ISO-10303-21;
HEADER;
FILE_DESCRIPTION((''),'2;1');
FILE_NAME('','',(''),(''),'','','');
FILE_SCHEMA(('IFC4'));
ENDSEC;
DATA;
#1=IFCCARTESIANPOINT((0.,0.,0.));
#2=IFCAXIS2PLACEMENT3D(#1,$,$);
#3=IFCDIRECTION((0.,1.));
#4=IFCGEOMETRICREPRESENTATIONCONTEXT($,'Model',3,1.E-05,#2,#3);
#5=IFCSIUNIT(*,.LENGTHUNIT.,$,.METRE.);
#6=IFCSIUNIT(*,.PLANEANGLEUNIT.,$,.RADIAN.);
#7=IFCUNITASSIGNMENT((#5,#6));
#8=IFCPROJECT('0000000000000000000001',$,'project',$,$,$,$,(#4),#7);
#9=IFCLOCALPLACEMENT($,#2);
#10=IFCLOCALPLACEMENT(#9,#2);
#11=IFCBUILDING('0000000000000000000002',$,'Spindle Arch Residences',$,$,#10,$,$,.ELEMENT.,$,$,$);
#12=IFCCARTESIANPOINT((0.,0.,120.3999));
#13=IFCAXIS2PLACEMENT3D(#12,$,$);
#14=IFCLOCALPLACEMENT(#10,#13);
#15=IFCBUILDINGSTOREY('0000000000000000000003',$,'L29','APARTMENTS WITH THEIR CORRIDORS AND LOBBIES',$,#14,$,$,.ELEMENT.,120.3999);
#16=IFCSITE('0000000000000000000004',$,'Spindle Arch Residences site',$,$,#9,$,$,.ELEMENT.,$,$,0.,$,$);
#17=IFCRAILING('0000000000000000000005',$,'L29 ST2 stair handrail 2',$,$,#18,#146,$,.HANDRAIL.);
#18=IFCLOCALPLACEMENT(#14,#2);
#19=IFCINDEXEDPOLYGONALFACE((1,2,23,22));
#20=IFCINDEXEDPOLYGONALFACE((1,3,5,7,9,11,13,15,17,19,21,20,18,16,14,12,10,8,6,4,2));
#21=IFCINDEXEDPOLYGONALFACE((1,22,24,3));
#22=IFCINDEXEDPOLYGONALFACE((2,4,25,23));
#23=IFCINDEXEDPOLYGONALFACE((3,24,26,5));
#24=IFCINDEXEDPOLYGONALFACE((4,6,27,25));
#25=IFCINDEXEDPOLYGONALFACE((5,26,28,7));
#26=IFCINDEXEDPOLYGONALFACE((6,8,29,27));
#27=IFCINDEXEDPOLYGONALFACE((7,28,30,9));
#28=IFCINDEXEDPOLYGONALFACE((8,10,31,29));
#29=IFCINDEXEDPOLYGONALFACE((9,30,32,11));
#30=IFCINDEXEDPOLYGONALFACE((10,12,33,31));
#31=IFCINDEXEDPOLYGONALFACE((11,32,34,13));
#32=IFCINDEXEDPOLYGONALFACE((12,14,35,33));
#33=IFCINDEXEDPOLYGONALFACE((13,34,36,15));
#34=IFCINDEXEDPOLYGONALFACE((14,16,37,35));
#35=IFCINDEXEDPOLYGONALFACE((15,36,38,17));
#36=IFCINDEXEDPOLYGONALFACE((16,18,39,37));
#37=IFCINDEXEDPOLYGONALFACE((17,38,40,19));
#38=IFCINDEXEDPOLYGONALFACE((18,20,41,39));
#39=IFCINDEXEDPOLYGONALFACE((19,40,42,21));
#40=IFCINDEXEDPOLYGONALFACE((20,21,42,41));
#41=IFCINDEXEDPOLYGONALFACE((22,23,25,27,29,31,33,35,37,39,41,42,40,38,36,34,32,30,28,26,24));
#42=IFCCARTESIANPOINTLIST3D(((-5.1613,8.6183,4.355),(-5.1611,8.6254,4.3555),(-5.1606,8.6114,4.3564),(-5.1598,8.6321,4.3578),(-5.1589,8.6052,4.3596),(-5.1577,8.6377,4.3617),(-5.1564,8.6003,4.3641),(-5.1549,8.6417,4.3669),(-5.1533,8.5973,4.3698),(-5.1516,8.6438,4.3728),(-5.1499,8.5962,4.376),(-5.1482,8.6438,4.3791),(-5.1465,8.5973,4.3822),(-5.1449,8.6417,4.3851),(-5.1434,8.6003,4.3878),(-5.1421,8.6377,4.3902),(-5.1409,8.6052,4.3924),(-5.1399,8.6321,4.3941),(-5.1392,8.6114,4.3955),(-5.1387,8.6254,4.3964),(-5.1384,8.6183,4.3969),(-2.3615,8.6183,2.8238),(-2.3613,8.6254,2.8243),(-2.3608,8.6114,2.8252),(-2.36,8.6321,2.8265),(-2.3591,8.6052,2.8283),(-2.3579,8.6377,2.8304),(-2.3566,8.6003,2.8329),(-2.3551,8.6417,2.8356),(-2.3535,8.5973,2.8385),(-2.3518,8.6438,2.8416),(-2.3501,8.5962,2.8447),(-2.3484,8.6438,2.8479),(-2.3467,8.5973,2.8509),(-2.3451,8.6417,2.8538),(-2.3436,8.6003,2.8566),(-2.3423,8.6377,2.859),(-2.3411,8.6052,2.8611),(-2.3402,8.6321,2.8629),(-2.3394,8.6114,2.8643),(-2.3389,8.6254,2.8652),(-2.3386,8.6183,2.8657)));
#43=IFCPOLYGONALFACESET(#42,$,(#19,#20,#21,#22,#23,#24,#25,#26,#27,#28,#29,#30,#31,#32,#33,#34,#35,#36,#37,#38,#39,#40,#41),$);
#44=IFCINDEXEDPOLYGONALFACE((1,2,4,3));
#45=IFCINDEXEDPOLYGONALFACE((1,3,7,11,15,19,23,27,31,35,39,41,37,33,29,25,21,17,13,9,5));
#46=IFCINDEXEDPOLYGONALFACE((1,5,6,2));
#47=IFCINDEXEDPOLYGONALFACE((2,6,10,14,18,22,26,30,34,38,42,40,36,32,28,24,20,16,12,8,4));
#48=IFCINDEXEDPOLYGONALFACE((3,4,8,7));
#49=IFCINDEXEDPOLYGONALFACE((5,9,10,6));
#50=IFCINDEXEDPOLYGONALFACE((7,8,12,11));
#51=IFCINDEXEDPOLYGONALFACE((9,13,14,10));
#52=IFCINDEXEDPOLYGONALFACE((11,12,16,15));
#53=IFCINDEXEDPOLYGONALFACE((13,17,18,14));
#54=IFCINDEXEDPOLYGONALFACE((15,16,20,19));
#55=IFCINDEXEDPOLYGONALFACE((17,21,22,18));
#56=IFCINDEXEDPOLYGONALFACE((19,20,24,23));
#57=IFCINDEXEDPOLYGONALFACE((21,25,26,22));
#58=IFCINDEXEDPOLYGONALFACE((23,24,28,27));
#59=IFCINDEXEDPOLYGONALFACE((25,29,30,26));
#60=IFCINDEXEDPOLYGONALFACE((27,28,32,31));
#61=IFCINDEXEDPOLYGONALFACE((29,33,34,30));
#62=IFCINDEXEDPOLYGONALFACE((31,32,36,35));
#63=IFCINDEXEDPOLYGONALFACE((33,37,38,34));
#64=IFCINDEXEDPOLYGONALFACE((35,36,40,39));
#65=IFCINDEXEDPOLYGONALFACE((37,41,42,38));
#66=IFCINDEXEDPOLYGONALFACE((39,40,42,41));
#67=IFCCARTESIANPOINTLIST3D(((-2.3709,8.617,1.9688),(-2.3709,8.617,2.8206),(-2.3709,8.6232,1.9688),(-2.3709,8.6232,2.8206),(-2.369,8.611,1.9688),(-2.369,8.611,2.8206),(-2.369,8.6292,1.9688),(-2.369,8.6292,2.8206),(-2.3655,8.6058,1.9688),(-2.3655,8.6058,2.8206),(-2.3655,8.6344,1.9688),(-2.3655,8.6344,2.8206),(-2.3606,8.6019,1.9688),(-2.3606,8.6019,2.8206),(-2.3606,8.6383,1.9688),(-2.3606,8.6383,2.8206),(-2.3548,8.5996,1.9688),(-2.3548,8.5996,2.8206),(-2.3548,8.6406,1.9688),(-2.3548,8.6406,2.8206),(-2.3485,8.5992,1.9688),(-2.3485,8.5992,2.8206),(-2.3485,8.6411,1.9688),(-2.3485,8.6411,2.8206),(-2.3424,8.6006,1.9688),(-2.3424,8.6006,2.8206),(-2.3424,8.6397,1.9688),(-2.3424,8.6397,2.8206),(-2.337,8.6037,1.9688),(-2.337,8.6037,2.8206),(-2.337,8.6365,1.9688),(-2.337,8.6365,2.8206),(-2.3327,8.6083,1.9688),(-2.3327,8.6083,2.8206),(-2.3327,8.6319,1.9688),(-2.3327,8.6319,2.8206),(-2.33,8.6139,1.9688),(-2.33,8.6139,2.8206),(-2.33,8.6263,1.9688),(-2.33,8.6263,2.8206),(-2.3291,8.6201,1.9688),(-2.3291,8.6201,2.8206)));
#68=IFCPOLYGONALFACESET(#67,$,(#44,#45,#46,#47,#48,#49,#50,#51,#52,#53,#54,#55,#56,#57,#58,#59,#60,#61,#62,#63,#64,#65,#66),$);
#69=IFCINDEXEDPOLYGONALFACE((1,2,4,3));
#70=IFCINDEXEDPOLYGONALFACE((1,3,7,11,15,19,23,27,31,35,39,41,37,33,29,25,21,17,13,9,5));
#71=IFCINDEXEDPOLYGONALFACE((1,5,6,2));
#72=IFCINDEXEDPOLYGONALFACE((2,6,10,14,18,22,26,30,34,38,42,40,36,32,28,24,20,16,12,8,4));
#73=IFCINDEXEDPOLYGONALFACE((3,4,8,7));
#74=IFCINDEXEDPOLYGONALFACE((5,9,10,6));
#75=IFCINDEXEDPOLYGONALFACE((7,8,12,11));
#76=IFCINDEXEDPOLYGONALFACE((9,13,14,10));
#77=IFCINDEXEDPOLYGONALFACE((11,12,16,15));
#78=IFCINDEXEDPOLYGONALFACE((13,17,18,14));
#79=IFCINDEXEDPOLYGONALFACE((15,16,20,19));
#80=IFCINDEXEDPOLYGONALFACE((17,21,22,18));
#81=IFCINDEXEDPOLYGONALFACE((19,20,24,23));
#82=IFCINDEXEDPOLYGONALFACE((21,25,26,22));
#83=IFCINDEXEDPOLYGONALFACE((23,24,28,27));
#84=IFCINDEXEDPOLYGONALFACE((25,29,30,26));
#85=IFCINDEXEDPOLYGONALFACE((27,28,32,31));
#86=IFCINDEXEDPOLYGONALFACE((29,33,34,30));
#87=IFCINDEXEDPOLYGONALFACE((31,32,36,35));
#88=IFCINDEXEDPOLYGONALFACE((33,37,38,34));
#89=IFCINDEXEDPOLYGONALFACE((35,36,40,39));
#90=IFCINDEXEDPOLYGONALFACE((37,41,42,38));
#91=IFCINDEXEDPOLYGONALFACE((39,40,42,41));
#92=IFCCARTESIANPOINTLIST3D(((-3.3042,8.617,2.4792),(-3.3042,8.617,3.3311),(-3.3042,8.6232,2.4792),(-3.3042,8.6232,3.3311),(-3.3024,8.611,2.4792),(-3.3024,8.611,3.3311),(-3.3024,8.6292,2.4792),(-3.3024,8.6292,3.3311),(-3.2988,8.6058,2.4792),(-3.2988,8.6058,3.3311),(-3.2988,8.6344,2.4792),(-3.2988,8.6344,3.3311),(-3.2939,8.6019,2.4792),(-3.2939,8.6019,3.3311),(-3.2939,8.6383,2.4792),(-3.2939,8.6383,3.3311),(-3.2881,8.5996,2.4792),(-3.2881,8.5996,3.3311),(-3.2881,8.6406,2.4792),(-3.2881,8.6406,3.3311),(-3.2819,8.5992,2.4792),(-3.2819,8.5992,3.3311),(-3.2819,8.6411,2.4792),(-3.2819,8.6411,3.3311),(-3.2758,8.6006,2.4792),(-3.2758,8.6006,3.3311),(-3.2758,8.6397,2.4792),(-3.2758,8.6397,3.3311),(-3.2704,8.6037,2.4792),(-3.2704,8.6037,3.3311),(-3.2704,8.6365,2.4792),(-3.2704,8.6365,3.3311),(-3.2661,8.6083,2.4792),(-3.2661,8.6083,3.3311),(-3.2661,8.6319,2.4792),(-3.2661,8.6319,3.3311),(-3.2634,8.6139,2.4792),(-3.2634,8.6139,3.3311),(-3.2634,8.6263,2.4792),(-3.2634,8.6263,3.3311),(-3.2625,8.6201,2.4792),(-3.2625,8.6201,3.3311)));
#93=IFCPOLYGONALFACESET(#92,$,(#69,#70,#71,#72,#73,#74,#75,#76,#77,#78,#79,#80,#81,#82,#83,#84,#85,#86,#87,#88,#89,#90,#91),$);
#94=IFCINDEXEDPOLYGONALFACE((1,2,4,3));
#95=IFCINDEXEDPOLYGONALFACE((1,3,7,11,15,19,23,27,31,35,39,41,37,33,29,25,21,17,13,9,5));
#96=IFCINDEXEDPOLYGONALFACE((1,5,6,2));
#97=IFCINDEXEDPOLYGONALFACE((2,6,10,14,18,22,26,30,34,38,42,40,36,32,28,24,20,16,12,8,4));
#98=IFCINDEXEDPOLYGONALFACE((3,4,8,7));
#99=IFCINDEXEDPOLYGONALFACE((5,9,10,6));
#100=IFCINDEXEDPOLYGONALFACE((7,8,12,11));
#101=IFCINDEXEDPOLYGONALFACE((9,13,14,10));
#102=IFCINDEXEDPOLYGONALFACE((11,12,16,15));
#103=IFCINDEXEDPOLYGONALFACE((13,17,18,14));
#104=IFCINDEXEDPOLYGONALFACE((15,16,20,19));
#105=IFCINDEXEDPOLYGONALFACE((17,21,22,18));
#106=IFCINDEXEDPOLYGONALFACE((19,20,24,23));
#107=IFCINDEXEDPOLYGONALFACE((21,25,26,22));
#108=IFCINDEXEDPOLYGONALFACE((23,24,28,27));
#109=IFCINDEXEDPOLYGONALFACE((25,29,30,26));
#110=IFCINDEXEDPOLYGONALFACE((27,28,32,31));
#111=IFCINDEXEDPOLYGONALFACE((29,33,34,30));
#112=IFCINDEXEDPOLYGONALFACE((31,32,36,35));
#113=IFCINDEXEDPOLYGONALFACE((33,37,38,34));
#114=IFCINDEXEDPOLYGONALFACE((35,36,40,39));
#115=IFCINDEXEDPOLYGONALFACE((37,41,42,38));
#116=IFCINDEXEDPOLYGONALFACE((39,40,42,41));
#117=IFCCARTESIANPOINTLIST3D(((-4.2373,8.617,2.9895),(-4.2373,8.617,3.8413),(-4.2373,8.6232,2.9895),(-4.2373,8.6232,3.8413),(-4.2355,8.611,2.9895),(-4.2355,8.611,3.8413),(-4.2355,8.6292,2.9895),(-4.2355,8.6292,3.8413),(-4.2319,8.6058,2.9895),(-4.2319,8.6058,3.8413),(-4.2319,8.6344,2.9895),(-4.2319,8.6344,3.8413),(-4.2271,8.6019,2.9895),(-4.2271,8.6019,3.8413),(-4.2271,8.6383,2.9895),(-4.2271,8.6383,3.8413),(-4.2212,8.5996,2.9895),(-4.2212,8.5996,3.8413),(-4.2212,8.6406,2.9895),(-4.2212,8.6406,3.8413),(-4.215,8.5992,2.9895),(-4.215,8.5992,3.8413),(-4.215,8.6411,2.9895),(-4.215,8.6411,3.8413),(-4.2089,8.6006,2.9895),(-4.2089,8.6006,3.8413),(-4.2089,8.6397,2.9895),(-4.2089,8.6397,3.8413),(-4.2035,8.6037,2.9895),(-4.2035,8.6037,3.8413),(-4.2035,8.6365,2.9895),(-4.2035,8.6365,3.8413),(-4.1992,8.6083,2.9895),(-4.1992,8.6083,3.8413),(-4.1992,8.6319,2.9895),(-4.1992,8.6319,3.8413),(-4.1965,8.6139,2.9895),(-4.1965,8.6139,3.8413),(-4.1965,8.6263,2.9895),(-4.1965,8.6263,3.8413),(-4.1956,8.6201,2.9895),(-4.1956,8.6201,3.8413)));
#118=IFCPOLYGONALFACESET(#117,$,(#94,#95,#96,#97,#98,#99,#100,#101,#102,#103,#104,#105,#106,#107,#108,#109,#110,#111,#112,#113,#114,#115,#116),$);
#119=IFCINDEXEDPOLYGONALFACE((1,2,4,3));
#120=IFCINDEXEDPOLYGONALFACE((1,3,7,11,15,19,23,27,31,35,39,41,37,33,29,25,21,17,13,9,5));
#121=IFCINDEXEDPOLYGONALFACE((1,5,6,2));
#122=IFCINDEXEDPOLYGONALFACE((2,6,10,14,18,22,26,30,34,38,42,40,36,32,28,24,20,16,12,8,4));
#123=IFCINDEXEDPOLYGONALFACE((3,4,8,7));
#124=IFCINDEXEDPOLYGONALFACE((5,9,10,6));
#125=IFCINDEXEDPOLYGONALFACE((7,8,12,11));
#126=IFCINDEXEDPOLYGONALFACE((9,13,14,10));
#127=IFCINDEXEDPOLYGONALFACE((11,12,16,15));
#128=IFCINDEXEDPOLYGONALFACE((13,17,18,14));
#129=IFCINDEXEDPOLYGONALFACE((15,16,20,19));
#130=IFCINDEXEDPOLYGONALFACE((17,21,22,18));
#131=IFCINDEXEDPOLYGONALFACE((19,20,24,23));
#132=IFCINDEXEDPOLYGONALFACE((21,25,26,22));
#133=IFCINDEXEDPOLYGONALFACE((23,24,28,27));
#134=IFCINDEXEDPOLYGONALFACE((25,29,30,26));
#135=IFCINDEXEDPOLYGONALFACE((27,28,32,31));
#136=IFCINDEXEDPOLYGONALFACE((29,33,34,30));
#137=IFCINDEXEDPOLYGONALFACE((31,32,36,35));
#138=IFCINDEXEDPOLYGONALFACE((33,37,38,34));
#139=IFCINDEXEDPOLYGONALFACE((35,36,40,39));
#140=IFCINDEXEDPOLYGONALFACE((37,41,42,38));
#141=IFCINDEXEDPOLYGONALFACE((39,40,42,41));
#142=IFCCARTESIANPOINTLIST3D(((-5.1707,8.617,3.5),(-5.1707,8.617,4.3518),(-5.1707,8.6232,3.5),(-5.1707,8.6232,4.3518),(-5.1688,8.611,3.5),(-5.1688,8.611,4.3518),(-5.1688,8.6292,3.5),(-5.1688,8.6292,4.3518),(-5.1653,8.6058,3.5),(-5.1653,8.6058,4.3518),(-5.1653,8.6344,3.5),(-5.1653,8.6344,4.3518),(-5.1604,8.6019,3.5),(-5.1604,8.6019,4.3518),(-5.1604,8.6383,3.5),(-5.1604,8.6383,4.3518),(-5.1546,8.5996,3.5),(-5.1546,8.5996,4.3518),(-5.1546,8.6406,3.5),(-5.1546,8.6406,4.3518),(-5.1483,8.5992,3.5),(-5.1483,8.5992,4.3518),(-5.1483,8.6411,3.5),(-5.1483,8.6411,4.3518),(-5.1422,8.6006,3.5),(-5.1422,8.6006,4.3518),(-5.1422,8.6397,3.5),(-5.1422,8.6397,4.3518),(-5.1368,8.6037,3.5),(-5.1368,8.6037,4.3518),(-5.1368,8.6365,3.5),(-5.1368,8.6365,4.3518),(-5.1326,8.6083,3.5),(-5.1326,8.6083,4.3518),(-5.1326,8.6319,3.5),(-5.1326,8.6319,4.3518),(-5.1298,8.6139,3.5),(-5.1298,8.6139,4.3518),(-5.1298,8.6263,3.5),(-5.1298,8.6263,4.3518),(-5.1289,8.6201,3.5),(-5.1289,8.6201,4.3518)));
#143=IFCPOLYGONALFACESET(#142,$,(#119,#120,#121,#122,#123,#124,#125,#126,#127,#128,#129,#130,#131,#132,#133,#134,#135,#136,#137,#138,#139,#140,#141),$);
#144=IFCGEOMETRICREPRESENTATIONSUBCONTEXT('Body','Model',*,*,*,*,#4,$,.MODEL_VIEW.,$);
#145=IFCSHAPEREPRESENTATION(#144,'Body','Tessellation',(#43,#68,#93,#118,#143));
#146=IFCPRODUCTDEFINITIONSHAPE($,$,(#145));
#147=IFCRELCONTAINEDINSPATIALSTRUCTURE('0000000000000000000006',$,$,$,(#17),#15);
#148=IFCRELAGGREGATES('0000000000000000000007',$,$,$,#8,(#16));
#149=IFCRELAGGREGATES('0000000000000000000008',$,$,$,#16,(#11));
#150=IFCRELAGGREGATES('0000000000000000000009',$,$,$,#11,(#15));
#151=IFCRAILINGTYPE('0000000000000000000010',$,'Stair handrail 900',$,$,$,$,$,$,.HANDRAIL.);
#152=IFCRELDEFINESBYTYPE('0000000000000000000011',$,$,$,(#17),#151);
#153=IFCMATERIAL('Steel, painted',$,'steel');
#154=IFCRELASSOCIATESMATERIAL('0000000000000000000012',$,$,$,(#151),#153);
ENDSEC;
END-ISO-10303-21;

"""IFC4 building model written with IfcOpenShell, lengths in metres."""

from ifc_helpers import new_model, si_unit, direction, frame, origin, origin_2d, place, context, subcontext, project, spatial, circle, extrude, material, type_object, element, save


model = new_model("IFC4")

# Units and contexts
model_context = context("Model", 3, precision=1e-05, world=origin(), true_north=direction((0.0, 1.0)))
body_context = subcontext(model_context, "Body", "Model", "MODEL_VIEW")
ifc_project = project(units=[si_unit("LENGTHUNIT", "METRE"), si_unit("PLANEANGLEUNIT", "RADIAN")], contexts=[model_context])

# Site, building, storey
site_placement = place(None, origin())
site = spatial("IfcSite", under=ifc_project, at=site_placement, Name="Spindle Arch Residences site", CompositionType="ELEMENT", RefElevation=0.0)
building_placement = place(site_placement, origin())
building = spatial("IfcBuilding", under=site, at=building_placement, Name="Spindle Arch Residences", CompositionType="ELEMENT")
storey_placement = place(building_placement, frame((0.0, 0.0, 120.3999)))
storey = spatial("IfcBuildingStorey", under=building, at=storey_placement, Name="L29", Description="APARTMENTS WITH THEIR CORRIDORS AND LOBBIES", CompositionType="ELEMENT", Elevation=120.3999)

# Railing
ifc_material_1 = material(Name="Steel, painted", Category="steel")
railing_type = type_object("IfcRailingType", Name="Stair handrail 900", PredefinedType="HANDRAIL", material=ifc_material_1)
railing_placement = place(storey_placement, frame((-2.3501, 8.6201, 1.9688)))
element("IfcRailing", 1, at=railing_placement, inside=storey, type_object=railing_type, Name="L29 ST2 stair handrail 2", PredefinedType="HANDRAIL", context=body_context, shape_type="SweptSolid", body=[
    extrude(circle(Radius=0.0239, at=origin_2d()), frame((0.0, 0.0, 0.876), z_axis=(-0.877357, 0.0, 0.479838), x_axis=(0.0, -1.0, 0.0)), (0.0, 0.0, 1.0), 3.1912),
    extrude(circle(Radius=0.021, at=origin_2d()), origin(), (0.0, 0.0, 1.0), 0.8518),
    extrude(circle(Radius=0.021, at=origin_2d()), frame((-0.9333, 0.0, 0.5105)), (0.0, 0.0, 1.0), 0.8518),
    extrude(circle(Radius=0.021, at=origin_2d()), frame((-1.8665, 0.0, 1.0208)), (0.0, 0.0, 1.0), 0.8518),
    extrude(circle(Radius=0.021, at=origin_2d()), frame((-2.7998, 0.0, 1.5312)), (0.0, 0.0, 1.0), 0.8518),
])

save(model, "model.ifc")
